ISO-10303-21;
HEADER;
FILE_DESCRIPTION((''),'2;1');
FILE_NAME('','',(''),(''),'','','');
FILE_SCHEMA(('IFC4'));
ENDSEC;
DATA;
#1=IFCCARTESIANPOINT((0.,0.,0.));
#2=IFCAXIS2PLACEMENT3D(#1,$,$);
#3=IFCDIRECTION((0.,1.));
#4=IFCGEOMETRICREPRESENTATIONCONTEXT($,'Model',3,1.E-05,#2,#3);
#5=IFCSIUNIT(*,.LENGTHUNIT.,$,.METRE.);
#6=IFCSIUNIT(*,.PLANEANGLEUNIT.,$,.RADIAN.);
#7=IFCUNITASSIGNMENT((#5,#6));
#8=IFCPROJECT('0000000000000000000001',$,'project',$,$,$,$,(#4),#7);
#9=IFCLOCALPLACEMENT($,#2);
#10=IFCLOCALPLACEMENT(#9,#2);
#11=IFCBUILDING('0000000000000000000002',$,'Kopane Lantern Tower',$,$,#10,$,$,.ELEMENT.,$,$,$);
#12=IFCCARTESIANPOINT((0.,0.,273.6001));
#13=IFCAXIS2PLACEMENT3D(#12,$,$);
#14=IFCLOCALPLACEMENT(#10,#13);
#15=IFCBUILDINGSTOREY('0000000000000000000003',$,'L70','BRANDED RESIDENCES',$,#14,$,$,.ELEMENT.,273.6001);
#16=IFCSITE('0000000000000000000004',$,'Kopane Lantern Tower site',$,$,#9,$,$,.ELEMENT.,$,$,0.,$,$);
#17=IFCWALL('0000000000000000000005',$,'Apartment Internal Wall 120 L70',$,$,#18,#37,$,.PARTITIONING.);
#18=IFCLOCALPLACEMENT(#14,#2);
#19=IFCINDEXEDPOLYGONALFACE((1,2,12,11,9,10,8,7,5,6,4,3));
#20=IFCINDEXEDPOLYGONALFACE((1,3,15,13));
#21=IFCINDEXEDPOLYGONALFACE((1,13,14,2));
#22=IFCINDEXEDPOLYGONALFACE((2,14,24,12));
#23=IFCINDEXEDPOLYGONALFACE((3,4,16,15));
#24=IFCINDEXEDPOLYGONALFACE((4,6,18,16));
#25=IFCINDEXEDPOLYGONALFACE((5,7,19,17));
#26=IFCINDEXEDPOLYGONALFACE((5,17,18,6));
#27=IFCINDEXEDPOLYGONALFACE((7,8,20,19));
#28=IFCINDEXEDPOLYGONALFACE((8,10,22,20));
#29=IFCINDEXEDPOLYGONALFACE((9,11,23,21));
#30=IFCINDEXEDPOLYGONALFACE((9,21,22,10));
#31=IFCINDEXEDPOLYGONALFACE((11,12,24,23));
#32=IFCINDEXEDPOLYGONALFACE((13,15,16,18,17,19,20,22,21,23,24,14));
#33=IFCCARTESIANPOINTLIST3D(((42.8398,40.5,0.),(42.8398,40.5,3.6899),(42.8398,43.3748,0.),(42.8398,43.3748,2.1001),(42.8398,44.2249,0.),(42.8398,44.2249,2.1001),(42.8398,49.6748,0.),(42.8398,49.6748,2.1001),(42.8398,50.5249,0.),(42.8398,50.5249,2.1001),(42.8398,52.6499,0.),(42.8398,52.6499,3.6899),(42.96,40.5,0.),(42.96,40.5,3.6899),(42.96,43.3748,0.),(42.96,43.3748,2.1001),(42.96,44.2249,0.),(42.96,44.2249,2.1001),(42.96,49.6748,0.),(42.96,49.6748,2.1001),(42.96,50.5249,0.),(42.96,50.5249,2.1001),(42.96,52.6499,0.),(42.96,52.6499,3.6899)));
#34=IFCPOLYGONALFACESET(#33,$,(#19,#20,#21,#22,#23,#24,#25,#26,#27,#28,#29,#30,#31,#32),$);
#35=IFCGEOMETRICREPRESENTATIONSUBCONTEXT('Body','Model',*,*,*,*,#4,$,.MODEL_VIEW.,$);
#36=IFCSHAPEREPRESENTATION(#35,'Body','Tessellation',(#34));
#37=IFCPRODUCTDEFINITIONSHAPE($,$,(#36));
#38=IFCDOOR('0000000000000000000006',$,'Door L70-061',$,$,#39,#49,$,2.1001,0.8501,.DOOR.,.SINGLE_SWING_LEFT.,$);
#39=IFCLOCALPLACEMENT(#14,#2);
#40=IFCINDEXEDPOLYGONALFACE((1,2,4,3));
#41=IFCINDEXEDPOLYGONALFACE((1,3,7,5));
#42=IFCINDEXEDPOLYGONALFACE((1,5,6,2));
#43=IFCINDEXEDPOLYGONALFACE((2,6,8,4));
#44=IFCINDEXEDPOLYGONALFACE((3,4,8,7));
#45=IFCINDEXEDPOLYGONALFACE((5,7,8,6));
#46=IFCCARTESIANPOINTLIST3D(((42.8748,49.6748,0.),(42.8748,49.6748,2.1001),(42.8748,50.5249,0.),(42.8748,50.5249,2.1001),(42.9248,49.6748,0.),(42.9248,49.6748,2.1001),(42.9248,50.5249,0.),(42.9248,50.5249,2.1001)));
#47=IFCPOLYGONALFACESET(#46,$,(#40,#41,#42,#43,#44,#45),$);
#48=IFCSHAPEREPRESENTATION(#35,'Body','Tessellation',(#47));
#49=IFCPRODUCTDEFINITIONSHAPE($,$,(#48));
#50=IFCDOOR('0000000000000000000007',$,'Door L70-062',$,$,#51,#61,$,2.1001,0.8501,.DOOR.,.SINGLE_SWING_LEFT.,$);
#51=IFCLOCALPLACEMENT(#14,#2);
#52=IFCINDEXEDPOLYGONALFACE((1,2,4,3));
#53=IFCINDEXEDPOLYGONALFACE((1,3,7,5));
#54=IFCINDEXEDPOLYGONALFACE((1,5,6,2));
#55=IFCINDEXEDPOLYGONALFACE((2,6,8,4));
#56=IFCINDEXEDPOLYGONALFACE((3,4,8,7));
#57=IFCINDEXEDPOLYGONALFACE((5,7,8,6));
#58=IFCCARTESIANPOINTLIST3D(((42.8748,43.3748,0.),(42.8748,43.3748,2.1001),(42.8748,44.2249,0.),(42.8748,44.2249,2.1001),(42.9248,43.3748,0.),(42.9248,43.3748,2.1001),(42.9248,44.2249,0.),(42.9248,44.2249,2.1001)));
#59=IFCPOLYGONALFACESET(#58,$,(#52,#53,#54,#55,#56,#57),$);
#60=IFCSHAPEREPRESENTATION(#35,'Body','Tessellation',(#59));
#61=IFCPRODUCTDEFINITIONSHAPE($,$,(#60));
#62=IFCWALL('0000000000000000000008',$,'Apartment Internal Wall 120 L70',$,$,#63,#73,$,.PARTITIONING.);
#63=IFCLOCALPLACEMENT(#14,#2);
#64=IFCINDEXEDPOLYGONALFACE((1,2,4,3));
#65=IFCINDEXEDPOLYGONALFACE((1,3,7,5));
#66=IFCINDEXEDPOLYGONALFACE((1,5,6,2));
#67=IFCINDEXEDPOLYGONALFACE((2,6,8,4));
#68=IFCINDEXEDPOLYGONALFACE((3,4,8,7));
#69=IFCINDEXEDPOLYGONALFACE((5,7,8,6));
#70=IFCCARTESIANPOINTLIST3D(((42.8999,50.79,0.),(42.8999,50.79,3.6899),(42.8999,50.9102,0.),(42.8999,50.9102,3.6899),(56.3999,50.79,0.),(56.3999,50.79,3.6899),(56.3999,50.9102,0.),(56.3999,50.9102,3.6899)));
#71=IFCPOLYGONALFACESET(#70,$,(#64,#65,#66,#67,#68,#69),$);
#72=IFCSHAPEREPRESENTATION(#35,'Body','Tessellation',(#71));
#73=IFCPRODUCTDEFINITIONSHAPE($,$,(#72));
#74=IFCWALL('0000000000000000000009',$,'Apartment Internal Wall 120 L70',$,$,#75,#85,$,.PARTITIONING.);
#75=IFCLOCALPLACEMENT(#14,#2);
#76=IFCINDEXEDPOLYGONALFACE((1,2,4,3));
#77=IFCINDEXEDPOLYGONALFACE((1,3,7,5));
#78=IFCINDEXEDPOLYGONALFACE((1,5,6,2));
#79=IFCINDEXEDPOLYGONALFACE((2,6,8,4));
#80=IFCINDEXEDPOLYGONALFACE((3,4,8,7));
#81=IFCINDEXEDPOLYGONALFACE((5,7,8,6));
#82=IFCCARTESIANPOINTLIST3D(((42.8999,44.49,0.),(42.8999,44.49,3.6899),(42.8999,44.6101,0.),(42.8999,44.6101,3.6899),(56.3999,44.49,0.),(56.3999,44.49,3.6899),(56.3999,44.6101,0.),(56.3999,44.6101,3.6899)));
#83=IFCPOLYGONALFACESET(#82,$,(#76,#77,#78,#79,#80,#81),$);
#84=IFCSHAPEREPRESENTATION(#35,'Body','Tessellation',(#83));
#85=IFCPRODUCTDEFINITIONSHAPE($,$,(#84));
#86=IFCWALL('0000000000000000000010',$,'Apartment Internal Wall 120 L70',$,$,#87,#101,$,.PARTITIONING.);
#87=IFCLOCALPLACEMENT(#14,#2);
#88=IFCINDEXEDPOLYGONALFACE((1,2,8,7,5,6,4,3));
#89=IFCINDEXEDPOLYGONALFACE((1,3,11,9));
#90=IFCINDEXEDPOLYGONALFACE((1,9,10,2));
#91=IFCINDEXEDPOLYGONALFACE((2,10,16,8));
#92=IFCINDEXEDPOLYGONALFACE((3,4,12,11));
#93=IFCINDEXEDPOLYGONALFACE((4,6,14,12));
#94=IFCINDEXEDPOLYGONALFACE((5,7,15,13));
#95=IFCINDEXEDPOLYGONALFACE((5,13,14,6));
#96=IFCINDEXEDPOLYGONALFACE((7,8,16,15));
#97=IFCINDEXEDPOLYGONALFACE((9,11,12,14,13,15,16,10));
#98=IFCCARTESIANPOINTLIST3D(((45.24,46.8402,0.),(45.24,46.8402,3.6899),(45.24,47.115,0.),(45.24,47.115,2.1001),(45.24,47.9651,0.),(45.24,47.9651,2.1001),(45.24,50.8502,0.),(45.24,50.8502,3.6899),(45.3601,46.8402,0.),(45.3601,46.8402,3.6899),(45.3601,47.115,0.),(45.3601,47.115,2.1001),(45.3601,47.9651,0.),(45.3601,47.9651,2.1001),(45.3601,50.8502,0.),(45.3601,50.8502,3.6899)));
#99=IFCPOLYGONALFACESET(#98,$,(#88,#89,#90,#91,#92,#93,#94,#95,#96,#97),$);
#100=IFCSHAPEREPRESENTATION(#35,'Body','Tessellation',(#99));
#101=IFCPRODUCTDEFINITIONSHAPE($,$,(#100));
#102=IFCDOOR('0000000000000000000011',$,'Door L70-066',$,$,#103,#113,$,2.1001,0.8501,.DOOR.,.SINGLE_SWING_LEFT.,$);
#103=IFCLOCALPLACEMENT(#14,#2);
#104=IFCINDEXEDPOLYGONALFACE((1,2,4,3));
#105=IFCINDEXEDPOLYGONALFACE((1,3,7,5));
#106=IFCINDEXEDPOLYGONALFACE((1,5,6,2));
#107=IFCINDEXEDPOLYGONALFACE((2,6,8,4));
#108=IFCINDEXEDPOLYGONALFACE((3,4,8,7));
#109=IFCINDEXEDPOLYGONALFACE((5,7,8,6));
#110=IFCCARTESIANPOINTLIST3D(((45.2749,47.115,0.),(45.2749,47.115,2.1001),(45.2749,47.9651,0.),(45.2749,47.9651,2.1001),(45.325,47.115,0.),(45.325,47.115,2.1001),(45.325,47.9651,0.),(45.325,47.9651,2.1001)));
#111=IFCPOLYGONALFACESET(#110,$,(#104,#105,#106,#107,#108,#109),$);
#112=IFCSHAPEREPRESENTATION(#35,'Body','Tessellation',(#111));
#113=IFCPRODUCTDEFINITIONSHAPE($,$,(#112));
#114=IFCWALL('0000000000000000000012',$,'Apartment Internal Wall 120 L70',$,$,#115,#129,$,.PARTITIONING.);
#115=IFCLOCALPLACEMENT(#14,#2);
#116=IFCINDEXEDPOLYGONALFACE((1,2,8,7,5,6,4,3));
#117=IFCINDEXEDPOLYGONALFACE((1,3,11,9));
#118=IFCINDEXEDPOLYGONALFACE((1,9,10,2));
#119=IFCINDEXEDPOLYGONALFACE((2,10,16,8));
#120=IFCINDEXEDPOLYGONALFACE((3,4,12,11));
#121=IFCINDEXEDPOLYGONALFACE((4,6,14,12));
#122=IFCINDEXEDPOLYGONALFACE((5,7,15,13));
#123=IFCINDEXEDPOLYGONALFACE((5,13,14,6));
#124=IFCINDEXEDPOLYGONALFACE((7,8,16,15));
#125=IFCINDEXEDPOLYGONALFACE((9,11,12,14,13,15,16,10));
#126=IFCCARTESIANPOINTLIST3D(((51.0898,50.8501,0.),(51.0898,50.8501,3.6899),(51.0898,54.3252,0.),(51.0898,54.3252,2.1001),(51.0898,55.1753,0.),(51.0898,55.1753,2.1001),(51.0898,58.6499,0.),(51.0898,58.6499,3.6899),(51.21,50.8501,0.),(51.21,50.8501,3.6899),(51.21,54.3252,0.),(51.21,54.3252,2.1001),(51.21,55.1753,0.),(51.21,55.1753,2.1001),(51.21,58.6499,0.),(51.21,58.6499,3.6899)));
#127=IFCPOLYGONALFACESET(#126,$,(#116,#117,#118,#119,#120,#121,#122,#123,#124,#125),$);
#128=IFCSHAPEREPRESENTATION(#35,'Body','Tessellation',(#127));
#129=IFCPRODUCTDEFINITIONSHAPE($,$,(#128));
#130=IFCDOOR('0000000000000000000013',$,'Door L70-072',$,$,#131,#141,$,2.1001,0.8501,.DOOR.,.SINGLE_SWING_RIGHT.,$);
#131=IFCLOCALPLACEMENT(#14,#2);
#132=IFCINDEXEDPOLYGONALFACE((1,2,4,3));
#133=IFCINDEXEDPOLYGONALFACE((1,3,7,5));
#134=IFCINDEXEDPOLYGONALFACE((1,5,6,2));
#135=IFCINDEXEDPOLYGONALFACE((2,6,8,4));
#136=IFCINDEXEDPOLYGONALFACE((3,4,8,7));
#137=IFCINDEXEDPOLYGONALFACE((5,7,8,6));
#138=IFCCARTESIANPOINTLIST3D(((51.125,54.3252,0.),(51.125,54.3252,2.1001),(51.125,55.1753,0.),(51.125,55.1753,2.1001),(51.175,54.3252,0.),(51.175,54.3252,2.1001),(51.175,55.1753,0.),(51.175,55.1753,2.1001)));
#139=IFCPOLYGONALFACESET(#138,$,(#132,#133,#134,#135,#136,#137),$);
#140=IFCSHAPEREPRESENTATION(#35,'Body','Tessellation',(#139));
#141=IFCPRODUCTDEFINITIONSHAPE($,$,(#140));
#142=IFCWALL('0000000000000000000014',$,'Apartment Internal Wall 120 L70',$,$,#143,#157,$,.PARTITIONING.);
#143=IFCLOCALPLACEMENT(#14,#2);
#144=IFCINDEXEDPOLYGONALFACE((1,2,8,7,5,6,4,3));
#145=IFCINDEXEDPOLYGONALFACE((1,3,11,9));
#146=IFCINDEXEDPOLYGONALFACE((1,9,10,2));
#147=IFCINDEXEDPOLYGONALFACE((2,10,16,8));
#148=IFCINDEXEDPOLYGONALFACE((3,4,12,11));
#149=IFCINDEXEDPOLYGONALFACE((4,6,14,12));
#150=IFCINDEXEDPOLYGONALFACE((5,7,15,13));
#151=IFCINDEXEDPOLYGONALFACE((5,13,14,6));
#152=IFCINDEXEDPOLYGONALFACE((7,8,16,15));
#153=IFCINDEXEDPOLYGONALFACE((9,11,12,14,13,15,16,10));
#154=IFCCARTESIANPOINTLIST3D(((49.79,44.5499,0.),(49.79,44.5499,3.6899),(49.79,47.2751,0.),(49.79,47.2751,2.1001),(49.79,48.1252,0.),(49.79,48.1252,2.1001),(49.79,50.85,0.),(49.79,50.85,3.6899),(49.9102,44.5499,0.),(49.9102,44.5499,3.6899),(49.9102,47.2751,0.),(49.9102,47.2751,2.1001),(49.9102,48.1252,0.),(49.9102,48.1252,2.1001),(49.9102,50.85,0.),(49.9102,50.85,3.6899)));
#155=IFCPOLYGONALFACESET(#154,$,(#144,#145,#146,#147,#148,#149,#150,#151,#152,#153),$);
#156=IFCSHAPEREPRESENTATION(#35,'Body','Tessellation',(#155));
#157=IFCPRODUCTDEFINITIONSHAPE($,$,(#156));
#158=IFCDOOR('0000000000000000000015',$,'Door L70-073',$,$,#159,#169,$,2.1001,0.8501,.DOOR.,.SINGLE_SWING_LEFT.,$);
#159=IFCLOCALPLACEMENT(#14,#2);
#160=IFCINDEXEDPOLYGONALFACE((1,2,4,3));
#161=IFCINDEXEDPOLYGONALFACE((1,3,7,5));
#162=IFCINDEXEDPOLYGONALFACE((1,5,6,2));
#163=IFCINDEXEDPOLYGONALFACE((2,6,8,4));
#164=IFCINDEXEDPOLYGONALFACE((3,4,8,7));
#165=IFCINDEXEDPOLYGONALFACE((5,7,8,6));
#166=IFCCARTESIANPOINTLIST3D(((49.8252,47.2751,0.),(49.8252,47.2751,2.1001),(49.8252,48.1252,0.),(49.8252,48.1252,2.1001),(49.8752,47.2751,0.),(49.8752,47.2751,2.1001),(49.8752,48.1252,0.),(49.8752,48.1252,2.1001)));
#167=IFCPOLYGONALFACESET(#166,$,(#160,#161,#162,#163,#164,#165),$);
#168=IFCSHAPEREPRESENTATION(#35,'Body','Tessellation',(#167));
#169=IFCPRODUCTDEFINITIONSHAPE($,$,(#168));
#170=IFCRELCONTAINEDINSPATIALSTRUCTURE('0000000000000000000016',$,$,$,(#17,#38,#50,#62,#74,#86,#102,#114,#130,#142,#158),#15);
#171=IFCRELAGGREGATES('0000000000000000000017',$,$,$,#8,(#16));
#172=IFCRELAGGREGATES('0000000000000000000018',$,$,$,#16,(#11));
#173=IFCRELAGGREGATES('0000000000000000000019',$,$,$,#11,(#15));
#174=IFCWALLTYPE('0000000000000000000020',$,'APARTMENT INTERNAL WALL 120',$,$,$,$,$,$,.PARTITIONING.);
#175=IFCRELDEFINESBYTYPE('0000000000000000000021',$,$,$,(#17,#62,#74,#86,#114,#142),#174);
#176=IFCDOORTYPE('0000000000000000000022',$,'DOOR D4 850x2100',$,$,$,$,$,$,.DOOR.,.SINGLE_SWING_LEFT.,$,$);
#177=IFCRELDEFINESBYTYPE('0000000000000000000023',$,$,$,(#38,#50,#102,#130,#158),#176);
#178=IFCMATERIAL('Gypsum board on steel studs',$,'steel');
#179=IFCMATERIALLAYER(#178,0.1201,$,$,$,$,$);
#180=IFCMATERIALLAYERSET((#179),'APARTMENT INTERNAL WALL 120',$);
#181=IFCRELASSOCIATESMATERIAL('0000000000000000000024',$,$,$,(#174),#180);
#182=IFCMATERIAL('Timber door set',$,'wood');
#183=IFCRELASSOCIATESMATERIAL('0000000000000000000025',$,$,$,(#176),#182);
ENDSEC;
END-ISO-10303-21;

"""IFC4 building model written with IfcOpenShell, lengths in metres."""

from ifc_helpers import new_model, si_unit, direction, frame, frame_2d, origin, place, context, subcontext, project, spatial, rectangle, extrude, material, layer, layer_set, type_object, element, fill, save


model = new_model("IFC4")

# Units and contexts
model_context = context("Model", 3, precision=1e-05, world=origin(), true_north=direction((0.0, 1.0)))
body_context = subcontext(model_context, "Body", "Model", "MODEL_VIEW")
ifc_project = project(units=[si_unit("LENGTHUNIT", "METRE"), si_unit("PLANEANGLEUNIT", "RADIAN")], contexts=[model_context])

# Site, building, storey
site_placement = place(None, origin())
site = spatial("IfcSite", under=ifc_project, at=site_placement, Name="Kopane Lantern Tower site", CompositionType="ELEMENT", RefElevation=0.0)
building_placement = place(site_placement, origin())
building = spatial("IfcBuilding", under=site, at=building_placement, Name="Kopane Lantern Tower", CompositionType="ELEMENT")
storey_placement = place(building_placement, frame((0.0, 0.0, 273.6001)))
storey = spatial("IfcBuildingStorey", under=building, at=storey_placement, Name="L70", Description="BRANDED RESIDENCES", CompositionType="ELEMENT", Elevation=273.6001)

# Wall, openings, doors
ifc_material_1 = material(Name="Gypsum board on steel studs", Category="steel")
ifc_layer_1 = layer(ifc_material_1, 0.1201)
ifc_layer_set_1 = layer_set([ifc_layer_1], Name="APARTMENT INTERNAL WALL 120")
wall_type_1 = type_object("IfcWallType", Name="APARTMENT INTERNAL WALL 120", PredefinedType="PARTITIONING", material=ifc_layer_set_1)
wall_1_placement = place(storey_placement, frame((42.8999, 52.6499, 0.0), z_axis=(0.0, 0.0, 1.0), x_axis=(0.0, -1.0, 0.0)))
wall_1 = element("IfcWall", 1, at=wall_1_placement, inside=storey, type_object=wall_type_1, Name="Apartment Internal Wall 120 L70", PredefinedType="PARTITIONING", context=body_context, shape_type="SweptSolid", body=[
    extrude(rectangle(XDim=12.1499, YDim=0.1201, at=frame_2d((6.075, 0.0))), origin(), (0.0, 0.0, 1.0), 3.6899),
])
opening_1_placement = place(wall_1_placement, frame((2.125, 0.0, 0.0)))
opening_1 = element("IfcOpeningElement", 2, at=opening_1_placement, cuts=wall_1, PredefinedType="OPENING", context=body_context, shape_type="SweptSolid", body=[
    extrude(rectangle(XDim=0.8501, YDim=2.1001, at=frame_2d((0.425, 1.05))), frame((0.0, 0.0701, 0.0), z_axis=(0.0, -1.0, 0.0), x_axis=(1.0, 0.0, 0.0)), (0.0, 0.0, 1.0), 0.1401),
])
opening_2_placement = place(wall_1_placement, frame((8.425, 0.0, 0.0)))
opening_2 = element("IfcOpeningElement", 3, at=opening_2_placement, cuts=wall_1, PredefinedType="OPENING", context=body_context, shape_type="SweptSolid", body=[
    extrude(rectangle(XDim=0.8501, YDim=2.1001, at=frame_2d((0.425, 1.05))), frame((0.0, 0.0701, 0.0), z_axis=(0.0, -1.0, 0.0), x_axis=(1.0, 0.0, 0.0)), (0.0, 0.0, 1.0), 0.1401),
])
ifc_material_2 = material(Name="Timber door set", Category="wood")
door_type_1 = type_object("IfcDoorType", Name="DOOR D4 850x2100", OperationType="SINGLE_SWING_LEFT", PredefinedType="DOOR", material=ifc_material_2)
door_1_placement = place(opening_1_placement, origin())
door_1 = element("IfcDoor", 4, at=door_1_placement, inside=storey, type_object=door_type_1, Name="Door L70-061", OperationType="SINGLE_SWING_LEFT", OverallHeight=2.1001, OverallWidth=0.8501, PredefinedType="DOOR", context=body_context, shape_type="SweptSolid", body=[
    extrude(rectangle(XDim=0.8501, YDim=2.1001, at=frame_2d((0.425, 1.05))), frame((0.0, 0.0249, 0.0), z_axis=(0.0, -1.0, 0.0), x_axis=(1.0, 0.0, 0.0)), (0.0, 0.0, 1.0), 0.05),
])
fill(opening_1, door_1)
door_2_placement = place(opening_2_placement, origin())
door_2 = element("IfcDoor", 5, at=door_2_placement, inside=storey, type_object=door_type_1, Name="Door L70-062", OperationType="SINGLE_SWING_LEFT", OverallHeight=2.1001, OverallWidth=0.8501, PredefinedType="DOOR", context=body_context, shape_type="SweptSolid", body=[
    extrude(rectangle(XDim=0.8501, YDim=2.1001, at=frame_2d((0.425, 1.05))), frame((0.0, 0.0249, 0.0), z_axis=(0.0, -1.0, 0.0), x_axis=(1.0, 0.0, 0.0)), (0.0, 0.0, 1.0), 0.05),
])
fill(opening_2, door_2)

# Walls
for number, where, z_axis, x_axis, name in (
    (6, (42.8999, 50.8501, 0.0), (0.0, 0.0, 1.0), (1.0, 0.0, 0.0), "Apartment Internal Wall 120 L70"),
    (7, (42.8999, 44.55, 0.0), (0.0, 0.0, 1.0), (1.0, 0.0, 0.0), "Apartment Internal Wall 120 L70"),
):
    element("IfcWall", number, at=place(storey_placement, frame(where, z_axis=z_axis, x_axis=x_axis)), inside=storey, type_object=wall_type_1, Name=name, PredefinedType="PARTITIONING", context=body_context, shape_type="SweptSolid", body=[
        extrude(rectangle(XDim=13.5, YDim=0.1201, at=frame_2d((6.75, 0.0))), origin(), (0.0, 0.0, 1.0), 3.6899),
    ])

# Walls, openings, doors
wall_2_placement = place(storey_placement, frame((45.3, 50.8501, 0.0), z_axis=(0.0, 0.0, 1.0), x_axis=(0.0, -1.0, 0.0)))
wall_2 = element("IfcWall", 8, at=wall_2_placement, inside=storey, type_object=wall_type_1, Name="Apartment Internal Wall 120 L70", PredefinedType="PARTITIONING", context=body_context, shape_type="SweptSolid", body=[
    extrude(rectangle(XDim=4.01, YDim=0.1201, at=frame_2d((2.0049, 0.0))), origin(), (0.0, 0.0, 1.0), 3.6899),
])
opening_3_placement = place(wall_2_placement, frame((2.885, 0.0, 0.0)))
opening_3 = element("IfcOpeningElement", 9, at=opening_3_placement, cuts=wall_2, PredefinedType="OPENING", context=body_context, shape_type="SweptSolid", body=[
    extrude(rectangle(XDim=0.8501, YDim=2.1001, at=frame_2d((0.425, 1.05))), frame((0.0, 0.0701, 0.0), z_axis=(0.0, -1.0, 0.0), x_axis=(1.0, 0.0, 0.0)), (0.0, 0.0, 1.0), 0.1401),
])
door_3_placement = place(opening_3_placement, origin())
door_3 = element("IfcDoor", 10, at=door_3_placement, inside=storey, type_object=door_type_1, Name="Door L70-066", OperationType="SINGLE_SWING_LEFT", OverallHeight=2.1001, OverallWidth=0.8501, PredefinedType="DOOR", context=body_context, shape_type="SweptSolid", body=[
    extrude(rectangle(XDim=0.8501, YDim=2.1001, at=frame_2d((0.425, 1.05))), frame((0.0, 0.0249, 0.0), z_axis=(0.0, -1.0, 0.0), x_axis=(1.0, 0.0, 0.0)), (0.0, 0.0, 1.0), 0.05),
])
fill(opening_3, door_3)
wall_3_placement = place(storey_placement, frame((51.1499, 50.8501, 0.0), z_axis=(0.0, 0.0, 1.0), x_axis=(0.0, 1.0, 0.0)))
wall_3 = element("IfcWall", 11, at=wall_3_placement, inside=storey, type_object=wall_type_1, Name="Apartment Internal Wall 120 L70", PredefinedType="PARTITIONING", context=body_context, shape_type="SweptSolid", body=[
    extrude(rectangle(XDim=7.7998, YDim=0.1201, at=frame_2d((3.8999, 0.0))), origin(), (0.0, 0.0, 1.0), 3.6899),
])
opening_4_placement = place(wall_3_placement, frame((3.4751, 0.0, 0.0)))
opening_4 = element("IfcOpeningElement", 12, at=opening_4_placement, cuts=wall_3, PredefinedType="OPENING", context=body_context, shape_type="SweptSolid", body=[
    extrude(rectangle(XDim=0.8501, YDim=2.1001, at=frame_2d((0.425, 1.05))), frame((0.0, 0.0701, 0.0), z_axis=(0.0, -1.0, 0.0), x_axis=(1.0, 0.0, 0.0)), (0.0, 0.0, 1.0), 0.1401),
])
door_4_placement = place(opening_4_placement, origin())
door_4 = element("IfcDoor", 13, at=door_4_placement, inside=storey, type_object=door_type_1, Name="Door L70-072", OperationType="SINGLE_SWING_RIGHT", OverallHeight=2.1001, OverallWidth=0.8501, PredefinedType="DOOR", context=body_context, shape_type="SweptSolid", body=[
    extrude(rectangle(XDim=0.8501, YDim=2.1001, at=frame_2d((0.425, 1.05))), frame((0.0, 0.0249, 0.0), z_axis=(0.0, -1.0, 0.0), x_axis=(1.0, 0.0, 0.0)), (0.0, 0.0, 1.0), 0.05),
])
fill(opening_4, door_4)
wall_4_placement = place(storey_placement, frame((49.8501, 44.55, 0.0), z_axis=(0.0, 0.0, 1.0), x_axis=(0.0, 1.0, 0.0)))
wall_4 = element("IfcWall", 14, at=wall_4_placement, inside=storey, type_object=wall_type_1, Name="Apartment Internal Wall 120 L70", PredefinedType="PARTITIONING", context=body_context, shape_type="SweptSolid", body=[
    extrude(rectangle(XDim=6.3, YDim=0.1201, at=frame_2d((3.1499, 0.0))), origin(), (0.0, 0.0, 1.0), 3.6899),
])
opening_5_placement = place(wall_4_placement, frame((2.7251, 0.0, 0.0)))
opening_5 = element("IfcOpeningElement", 15, at=opening_5_placement, cuts=wall_4, PredefinedType="OPENING", context=body_context, shape_type="SweptSolid", body=[
    extrude(rectangle(XDim=0.8501, YDim=2.1001, at=frame_2d((0.425, 1.05))), frame((0.0, 0.0701, 0.0), z_axis=(0.0, -1.0, 0.0), x_axis=(1.0, 0.0, 0.0)), (0.0, 0.0, 1.0), 0.1401),
])
door_5_placement = place(opening_5_placement, origin())
door_5 = element("IfcDoor", 16, at=door_5_placement, inside=storey, type_object=door_type_1, Name="Door L70-073", OperationType="SINGLE_SWING_LEFT", OverallHeight=2.1001, OverallWidth=0.8501, PredefinedType="DOOR", context=body_context, shape_type="SweptSolid", body=[
    extrude(rectangle(XDim=0.8501, YDim=2.1001, at=frame_2d((0.425, 1.05))), frame((0.0, 0.0249, 0.0), z_axis=(0.0, -1.0, 0.0), x_axis=(1.0, 0.0, 0.0)), (0.0, 0.0, 1.0), 0.05),
])
fill(opening_5, door_5)

save(model, "model.ifc")
